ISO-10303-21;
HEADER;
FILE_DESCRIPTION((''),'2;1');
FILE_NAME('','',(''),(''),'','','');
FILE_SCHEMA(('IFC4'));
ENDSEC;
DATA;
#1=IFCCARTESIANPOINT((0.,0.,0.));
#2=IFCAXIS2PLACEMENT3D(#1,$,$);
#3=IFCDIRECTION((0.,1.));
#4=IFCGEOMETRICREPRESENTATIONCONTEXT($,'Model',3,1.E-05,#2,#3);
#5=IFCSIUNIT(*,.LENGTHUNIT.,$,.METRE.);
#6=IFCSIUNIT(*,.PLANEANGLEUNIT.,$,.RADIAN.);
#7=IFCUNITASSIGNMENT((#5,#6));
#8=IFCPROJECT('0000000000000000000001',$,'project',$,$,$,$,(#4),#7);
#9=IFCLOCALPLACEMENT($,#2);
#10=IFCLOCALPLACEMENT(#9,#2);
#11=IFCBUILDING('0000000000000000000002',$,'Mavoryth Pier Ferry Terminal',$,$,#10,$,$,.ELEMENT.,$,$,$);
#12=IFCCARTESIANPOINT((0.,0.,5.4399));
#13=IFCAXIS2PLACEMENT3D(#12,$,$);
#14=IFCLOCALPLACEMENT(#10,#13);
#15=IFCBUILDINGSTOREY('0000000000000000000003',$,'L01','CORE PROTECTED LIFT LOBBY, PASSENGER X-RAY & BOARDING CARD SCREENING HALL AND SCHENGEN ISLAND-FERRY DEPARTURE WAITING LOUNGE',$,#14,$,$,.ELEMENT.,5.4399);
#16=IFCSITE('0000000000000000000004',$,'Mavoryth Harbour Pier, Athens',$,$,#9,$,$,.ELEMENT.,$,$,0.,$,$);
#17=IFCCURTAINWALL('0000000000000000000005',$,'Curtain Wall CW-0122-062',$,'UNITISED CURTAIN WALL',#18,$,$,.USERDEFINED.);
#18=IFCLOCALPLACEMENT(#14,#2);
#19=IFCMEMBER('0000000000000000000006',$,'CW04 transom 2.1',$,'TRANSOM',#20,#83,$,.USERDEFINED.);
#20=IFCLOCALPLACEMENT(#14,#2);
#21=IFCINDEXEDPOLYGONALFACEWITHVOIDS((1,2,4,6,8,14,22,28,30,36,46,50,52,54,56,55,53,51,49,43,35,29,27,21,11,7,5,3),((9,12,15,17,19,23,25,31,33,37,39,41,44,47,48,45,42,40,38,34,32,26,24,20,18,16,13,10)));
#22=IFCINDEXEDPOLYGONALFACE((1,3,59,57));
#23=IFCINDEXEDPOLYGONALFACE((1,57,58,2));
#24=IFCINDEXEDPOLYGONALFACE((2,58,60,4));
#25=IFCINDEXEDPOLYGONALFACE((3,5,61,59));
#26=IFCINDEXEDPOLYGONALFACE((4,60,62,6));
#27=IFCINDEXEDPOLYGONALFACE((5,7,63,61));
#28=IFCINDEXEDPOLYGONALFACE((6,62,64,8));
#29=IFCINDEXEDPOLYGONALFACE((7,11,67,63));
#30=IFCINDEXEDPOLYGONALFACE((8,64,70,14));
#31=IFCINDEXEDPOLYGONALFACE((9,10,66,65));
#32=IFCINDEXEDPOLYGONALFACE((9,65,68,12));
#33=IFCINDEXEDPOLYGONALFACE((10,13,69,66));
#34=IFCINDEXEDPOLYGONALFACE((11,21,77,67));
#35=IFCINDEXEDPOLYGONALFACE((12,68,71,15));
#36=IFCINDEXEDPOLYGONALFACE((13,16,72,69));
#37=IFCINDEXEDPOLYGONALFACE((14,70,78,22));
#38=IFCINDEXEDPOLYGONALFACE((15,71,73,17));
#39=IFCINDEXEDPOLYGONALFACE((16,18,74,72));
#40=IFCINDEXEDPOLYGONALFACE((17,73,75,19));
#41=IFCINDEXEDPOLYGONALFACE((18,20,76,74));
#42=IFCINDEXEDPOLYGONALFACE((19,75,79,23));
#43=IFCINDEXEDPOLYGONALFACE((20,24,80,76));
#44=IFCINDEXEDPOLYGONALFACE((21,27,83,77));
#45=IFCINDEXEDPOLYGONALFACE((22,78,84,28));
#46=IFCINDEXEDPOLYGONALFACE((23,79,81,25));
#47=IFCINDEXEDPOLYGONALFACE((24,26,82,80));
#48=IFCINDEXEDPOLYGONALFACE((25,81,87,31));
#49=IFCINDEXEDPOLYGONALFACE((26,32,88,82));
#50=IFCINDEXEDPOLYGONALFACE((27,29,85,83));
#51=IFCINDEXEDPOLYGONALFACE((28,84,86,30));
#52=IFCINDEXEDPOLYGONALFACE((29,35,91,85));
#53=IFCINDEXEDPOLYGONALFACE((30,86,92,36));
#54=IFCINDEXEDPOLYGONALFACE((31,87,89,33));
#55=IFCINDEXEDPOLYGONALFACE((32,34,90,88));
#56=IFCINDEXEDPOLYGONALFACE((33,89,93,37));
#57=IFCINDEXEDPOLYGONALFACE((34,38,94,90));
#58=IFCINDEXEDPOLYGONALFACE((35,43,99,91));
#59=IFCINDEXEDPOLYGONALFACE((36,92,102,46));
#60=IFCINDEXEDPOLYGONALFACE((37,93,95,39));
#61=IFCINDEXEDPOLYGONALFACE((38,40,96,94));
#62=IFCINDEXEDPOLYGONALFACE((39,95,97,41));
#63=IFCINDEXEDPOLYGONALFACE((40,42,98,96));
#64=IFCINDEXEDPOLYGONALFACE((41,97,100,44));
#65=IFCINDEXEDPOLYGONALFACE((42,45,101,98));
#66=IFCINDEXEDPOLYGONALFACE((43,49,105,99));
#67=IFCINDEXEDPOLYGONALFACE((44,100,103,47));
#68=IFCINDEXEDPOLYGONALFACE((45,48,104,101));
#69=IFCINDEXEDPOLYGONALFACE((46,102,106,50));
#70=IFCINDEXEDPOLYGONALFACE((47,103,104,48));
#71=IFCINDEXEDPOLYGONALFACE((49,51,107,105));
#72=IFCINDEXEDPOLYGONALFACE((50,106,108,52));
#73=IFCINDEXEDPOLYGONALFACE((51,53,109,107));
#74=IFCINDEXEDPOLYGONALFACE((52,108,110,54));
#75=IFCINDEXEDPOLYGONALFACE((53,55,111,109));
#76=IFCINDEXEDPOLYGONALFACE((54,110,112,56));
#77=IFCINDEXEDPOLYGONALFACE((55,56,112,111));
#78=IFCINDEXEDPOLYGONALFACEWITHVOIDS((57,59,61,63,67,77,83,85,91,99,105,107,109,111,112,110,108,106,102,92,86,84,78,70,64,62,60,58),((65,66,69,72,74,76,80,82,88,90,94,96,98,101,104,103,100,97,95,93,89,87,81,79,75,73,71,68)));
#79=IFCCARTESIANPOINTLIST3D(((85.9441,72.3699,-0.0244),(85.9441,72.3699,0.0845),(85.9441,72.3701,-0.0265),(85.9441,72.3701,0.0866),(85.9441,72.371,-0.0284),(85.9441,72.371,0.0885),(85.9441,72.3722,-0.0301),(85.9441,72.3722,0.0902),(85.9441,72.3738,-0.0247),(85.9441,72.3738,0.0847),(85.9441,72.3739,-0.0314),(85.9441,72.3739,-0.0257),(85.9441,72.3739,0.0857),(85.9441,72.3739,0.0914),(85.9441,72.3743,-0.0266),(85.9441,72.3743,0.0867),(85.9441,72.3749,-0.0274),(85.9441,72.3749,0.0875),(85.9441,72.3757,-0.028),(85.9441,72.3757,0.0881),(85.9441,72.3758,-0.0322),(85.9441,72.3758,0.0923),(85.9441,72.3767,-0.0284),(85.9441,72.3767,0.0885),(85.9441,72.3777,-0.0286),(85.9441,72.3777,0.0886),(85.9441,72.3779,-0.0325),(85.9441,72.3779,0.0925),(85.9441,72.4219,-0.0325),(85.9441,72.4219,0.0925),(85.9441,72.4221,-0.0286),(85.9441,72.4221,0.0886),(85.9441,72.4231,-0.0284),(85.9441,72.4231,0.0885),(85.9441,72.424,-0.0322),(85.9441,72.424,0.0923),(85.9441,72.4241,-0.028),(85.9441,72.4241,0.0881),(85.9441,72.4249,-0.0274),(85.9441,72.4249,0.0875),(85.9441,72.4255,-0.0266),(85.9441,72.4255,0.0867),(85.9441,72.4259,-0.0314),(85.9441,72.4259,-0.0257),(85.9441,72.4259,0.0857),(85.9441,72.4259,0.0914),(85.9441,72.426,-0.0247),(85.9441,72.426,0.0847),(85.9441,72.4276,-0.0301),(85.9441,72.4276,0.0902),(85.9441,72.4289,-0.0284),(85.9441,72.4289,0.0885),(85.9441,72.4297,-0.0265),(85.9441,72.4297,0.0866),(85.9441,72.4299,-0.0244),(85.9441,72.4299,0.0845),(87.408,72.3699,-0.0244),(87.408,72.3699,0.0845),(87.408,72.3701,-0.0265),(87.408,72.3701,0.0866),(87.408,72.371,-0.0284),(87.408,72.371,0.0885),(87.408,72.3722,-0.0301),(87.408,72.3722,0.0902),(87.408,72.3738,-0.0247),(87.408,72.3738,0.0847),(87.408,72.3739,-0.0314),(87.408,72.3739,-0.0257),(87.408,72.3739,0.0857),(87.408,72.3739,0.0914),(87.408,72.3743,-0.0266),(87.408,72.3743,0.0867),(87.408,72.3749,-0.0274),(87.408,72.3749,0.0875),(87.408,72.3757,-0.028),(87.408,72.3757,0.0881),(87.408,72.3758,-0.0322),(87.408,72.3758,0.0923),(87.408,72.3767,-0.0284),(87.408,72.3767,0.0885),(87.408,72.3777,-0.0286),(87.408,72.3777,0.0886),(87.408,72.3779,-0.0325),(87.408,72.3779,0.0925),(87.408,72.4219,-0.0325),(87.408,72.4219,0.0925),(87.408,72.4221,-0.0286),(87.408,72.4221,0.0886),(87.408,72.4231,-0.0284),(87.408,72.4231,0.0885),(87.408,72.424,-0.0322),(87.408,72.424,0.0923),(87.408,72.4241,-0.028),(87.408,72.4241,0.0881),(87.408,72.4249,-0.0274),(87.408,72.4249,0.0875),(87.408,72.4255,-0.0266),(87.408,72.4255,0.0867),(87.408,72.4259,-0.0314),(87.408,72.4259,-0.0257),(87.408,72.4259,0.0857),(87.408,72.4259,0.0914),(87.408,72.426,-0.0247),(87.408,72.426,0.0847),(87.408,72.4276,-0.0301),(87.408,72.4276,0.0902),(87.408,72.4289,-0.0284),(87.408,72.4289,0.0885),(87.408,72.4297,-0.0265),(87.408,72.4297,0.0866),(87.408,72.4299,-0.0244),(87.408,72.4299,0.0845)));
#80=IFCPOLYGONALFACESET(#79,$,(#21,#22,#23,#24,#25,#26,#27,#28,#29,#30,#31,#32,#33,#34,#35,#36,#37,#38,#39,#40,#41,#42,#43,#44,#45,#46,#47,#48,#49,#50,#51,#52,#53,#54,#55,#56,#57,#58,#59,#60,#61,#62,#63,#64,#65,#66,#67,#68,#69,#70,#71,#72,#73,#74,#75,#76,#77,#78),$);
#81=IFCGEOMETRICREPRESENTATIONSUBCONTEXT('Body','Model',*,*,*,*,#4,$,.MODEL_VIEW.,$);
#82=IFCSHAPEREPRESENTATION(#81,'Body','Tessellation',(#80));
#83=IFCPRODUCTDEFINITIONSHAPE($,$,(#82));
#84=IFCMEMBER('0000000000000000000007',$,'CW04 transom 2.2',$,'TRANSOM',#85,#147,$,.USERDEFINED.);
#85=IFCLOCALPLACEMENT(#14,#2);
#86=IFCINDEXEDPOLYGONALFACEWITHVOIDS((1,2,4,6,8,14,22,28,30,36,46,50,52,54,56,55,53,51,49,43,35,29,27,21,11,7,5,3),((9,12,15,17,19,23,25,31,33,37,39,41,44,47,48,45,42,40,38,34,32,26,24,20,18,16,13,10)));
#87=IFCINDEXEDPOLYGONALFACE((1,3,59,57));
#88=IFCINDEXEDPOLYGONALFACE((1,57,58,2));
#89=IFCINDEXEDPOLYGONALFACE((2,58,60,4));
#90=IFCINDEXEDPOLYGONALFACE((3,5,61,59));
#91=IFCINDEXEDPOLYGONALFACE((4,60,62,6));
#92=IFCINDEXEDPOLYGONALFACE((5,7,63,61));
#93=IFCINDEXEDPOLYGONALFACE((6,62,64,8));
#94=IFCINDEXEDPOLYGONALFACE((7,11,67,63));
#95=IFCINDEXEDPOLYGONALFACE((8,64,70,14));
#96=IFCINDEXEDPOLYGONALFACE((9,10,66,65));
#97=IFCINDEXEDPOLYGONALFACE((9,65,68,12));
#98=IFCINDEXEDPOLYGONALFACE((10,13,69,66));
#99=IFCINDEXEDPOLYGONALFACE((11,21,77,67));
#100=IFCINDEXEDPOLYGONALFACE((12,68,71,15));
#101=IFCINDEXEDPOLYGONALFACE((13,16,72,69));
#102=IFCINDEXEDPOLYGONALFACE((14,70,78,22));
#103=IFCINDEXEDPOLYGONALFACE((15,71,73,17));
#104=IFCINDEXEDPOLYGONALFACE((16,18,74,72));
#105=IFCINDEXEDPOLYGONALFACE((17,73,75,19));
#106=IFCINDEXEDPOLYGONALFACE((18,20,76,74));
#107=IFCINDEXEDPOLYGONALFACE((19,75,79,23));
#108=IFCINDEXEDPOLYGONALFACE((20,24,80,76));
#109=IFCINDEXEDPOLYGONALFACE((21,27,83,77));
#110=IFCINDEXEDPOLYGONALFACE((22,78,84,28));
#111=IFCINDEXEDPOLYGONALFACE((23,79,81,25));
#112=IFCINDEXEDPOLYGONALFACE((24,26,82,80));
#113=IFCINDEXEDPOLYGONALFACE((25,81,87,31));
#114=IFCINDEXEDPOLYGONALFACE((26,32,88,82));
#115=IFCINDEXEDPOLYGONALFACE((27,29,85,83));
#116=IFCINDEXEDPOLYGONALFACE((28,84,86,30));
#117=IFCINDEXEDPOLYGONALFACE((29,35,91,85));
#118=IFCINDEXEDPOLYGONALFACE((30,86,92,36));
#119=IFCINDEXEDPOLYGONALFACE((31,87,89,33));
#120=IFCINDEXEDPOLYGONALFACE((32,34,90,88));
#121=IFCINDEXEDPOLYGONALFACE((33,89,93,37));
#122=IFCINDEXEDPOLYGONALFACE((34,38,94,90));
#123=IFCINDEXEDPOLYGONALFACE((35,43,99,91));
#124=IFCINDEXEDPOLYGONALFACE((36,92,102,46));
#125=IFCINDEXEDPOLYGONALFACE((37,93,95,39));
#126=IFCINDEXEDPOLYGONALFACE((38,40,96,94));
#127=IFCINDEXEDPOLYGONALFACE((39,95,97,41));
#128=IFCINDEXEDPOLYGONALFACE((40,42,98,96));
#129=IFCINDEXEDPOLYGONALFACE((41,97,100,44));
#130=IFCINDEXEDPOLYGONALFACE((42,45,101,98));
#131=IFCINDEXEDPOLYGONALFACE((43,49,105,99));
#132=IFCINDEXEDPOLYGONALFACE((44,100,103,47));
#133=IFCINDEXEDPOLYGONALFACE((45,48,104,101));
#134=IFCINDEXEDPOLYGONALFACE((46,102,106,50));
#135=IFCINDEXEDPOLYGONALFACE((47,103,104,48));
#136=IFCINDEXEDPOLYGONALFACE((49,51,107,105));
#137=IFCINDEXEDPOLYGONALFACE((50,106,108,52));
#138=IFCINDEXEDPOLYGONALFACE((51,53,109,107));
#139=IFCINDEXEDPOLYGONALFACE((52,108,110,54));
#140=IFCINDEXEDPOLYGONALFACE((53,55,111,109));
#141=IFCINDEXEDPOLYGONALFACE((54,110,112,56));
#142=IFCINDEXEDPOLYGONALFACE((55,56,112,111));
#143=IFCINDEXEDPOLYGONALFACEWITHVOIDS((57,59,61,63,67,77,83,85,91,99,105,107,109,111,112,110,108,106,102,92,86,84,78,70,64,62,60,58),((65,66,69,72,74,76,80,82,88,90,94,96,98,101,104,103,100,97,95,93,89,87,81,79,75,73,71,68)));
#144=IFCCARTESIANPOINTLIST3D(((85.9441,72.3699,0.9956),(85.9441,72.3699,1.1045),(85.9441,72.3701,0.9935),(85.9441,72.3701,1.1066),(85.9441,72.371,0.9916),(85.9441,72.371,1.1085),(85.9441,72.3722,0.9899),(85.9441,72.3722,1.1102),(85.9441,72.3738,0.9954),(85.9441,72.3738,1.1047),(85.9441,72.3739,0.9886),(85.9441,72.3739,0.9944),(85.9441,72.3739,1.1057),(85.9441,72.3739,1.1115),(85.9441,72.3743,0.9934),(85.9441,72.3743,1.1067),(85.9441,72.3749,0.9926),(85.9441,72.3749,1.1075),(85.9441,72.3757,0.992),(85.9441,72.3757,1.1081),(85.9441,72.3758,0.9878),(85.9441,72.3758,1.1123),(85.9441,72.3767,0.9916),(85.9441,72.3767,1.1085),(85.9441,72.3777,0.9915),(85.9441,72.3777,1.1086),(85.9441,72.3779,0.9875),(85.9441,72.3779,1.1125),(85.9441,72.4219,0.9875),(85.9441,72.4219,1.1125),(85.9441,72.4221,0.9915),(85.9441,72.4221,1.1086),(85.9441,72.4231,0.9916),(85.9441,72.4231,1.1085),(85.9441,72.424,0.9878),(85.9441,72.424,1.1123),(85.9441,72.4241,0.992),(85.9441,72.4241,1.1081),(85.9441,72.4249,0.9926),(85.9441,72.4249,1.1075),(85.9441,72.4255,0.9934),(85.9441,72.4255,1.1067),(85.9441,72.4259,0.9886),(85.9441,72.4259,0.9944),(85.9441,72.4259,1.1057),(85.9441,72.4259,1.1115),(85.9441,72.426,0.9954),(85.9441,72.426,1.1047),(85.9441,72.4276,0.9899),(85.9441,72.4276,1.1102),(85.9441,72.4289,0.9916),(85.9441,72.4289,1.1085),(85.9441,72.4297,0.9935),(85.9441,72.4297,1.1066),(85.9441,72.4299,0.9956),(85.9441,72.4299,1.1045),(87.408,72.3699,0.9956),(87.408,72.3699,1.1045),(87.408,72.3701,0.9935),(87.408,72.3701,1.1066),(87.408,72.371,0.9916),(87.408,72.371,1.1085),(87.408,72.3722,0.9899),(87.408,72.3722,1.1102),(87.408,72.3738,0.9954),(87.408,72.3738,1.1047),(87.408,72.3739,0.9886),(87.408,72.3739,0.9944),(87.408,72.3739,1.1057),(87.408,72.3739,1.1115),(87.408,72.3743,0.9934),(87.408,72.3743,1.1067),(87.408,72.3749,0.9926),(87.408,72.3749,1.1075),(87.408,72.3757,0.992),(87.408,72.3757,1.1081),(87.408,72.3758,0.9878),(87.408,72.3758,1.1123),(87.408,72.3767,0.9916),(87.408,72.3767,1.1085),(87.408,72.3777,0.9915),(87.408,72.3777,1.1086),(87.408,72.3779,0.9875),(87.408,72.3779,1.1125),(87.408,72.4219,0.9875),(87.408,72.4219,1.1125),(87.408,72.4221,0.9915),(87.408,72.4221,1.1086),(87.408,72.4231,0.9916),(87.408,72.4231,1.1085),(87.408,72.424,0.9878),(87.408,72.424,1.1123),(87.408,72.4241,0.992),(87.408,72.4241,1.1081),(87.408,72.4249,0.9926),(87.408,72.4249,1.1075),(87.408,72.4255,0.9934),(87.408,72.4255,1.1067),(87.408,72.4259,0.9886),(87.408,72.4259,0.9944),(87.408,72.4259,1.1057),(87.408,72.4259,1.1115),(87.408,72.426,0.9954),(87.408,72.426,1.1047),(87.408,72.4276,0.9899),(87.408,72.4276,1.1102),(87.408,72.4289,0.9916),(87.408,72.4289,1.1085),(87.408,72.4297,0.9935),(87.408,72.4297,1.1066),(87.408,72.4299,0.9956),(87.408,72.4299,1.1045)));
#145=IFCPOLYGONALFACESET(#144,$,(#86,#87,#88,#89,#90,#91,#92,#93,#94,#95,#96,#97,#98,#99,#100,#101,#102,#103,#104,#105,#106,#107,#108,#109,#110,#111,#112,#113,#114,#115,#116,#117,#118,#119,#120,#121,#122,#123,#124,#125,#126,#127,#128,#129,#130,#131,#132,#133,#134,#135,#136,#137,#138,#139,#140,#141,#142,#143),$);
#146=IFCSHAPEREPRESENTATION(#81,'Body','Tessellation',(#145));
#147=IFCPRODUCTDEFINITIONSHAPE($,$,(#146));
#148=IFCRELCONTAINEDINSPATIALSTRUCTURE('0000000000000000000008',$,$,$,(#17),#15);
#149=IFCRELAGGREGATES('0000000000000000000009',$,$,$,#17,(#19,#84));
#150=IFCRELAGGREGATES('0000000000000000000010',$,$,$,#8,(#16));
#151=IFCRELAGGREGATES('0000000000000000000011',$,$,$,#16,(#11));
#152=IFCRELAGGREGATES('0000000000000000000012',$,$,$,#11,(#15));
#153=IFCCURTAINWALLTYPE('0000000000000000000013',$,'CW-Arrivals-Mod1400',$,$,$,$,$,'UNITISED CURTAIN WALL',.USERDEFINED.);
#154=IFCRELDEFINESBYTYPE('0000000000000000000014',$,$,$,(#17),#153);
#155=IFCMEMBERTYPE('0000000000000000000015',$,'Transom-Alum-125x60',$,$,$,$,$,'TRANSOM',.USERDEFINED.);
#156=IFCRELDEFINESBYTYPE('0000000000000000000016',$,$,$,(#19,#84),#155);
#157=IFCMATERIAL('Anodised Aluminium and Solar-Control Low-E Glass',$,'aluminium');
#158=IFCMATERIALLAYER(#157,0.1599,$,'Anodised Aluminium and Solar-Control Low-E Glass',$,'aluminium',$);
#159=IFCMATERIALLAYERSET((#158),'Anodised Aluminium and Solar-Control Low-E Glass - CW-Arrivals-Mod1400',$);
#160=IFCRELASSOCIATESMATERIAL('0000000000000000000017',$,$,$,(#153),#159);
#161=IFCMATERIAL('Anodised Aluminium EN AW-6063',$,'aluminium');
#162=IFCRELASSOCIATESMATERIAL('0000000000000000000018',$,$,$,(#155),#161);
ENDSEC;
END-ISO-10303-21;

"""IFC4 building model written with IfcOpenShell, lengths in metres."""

from ifc_helpers import new_model, si_unit, direction, frame, origin, origin_2d, place, context, subcontext, project, spatial, hollow_rectangle, extrude, material, layer, layer_set, material_profile, profile_set, type_object, element, aggregate, save


model = new_model("IFC4")

# Units and contexts
model_context = context("Model", 3, precision=1e-05, world=origin(), true_north=direction((0.0, 1.0)))
body_context = subcontext(model_context, "Body", "Model", "MODEL_VIEW")
ifc_project = project(units=[si_unit("LENGTHUNIT", "METRE"), si_unit("PLANEANGLEUNIT", "RADIAN")], contexts=[model_context])

# Site, building, storey
site_placement = place(None, origin())
site = spatial("IfcSite", under=ifc_project, at=site_placement, Name="Mavoryth Harbour Pier, Athens", CompositionType="ELEMENT", RefElevation=0.0)
building_placement = place(site_placement, origin())
building = spatial("IfcBuilding", under=site, at=building_placement, Name="Mavoryth Pier Ferry Terminal", CompositionType="ELEMENT")
storey_placement = place(building_placement, frame((0.0, 0.0, 5.4399)))
storey = spatial("IfcBuildingStorey", under=building, at=storey_placement, Name="L01", Description="CORE PROTECTED LIFT LOBBY, PASSENGER X-RAY & BOARDING CARD SCREENING HALL AND SCHENGEN ISLAND-FERRY DEPARTURE WAITING LOUNGE", CompositionType="ELEMENT", Elevation=5.4399)

# Curtain wall
ifc_material_1 = material(Name="Anodised Aluminium and Solar-Control Low-E Glass", Category="aluminium")
ifc_layer_1 = layer(ifc_material_1, 0.1599, Name="Anodised Aluminium and Solar-Control Low-E Glass", Category="aluminium")
ifc_layer_set_1 = layer_set([ifc_layer_1], Name="Anodised Aluminium and Solar-Control Low-E Glass - CW-Arrivals-Mod1400")
curtain_wall_type = type_object("IfcCurtainWallType", Name="CW-Arrivals-Mod1400", ElementType="UNITISED CURTAIN WALL", PredefinedType="USERDEFINED", material=ifc_layer_set_1)
ifc_material_2 = material(Name="Anodised Aluminium EN AW-6063", Category="aluminium")
curtain_wall_1_placement = place(storey_placement, origin())
curtain_wall_1 = element("IfcCurtainWall", 1, at=curtain_wall_1_placement, inside=storey, type_object=curtain_wall_type, Name="Curtain Wall CW-0122-062", ObjectType="UNITISED CURTAIN WALL", PredefinedType="USERDEFINED")

# Members
ifc_material_profile_1 = material_profile(ifc_material_2, hollow_rectangle(XDim=0.0601, YDim=0.125, WallThickness=0.0039, InnerFilletRadius=0.0039, OuterFilletRadius=0.0081, at=origin_2d()), Name="AL-TRAN 125x60x4", Category="aluminium")
ifc_profile_set_1 = profile_set([ifc_material_profile_1], Name="Anodised Aluminium EN AW-6063 - AL-TRAN 125x60x4")
member_type_1 = type_object("IfcMemberType", Name="Transom-Alum-125x60", ElementType="TRANSOM", PredefinedType="USERDEFINED", material=ifc_profile_set_1)
member_1_placement = place(storey_placement, frame((85.9441, 72.3999, 0.03), z_axis=(1.0, 0.0, 0.0), x_axis=(0.0, 1.0, 0.0)))
member_1 = element("IfcMember", 2, at=member_1_placement, type_object=member_type_1, Name="CW04 transom 2.1", ObjectType="TRANSOM", PredefinedType="USERDEFINED", context=body_context, shape_type="SweptSolid", body=[
    extrude(hollow_rectangle(XDim=0.0601, YDim=0.125, WallThickness=0.0039, InnerFilletRadius=0.0039, OuterFilletRadius=0.0081, at=origin_2d()), origin(), (0.0, 0.0, 1.0), 1.4639),
])
member_2_placement = place(storey_placement, frame((85.9441, 72.3999, 1.05), z_axis=(1.0, 0.0, 0.0), x_axis=(0.0, 1.0, 0.0)))
member_2 = element("IfcMember", 3, at=member_2_placement, type_object=member_type_1, Name="CW04 transom 2.2", ObjectType="TRANSOM", PredefinedType="USERDEFINED", context=body_context, shape_type="SweptSolid", body=[
    extrude(hollow_rectangle(XDim=0.0601, YDim=0.125, WallThickness=0.0039, InnerFilletRadius=0.0039, OuterFilletRadius=0.0081, at=origin_2d()), origin(), (0.0, 0.0, 1.0), 1.4639),
])

aggregate(curtain_wall_1, [member_1, member_2])

save(model, "model.ifc")
